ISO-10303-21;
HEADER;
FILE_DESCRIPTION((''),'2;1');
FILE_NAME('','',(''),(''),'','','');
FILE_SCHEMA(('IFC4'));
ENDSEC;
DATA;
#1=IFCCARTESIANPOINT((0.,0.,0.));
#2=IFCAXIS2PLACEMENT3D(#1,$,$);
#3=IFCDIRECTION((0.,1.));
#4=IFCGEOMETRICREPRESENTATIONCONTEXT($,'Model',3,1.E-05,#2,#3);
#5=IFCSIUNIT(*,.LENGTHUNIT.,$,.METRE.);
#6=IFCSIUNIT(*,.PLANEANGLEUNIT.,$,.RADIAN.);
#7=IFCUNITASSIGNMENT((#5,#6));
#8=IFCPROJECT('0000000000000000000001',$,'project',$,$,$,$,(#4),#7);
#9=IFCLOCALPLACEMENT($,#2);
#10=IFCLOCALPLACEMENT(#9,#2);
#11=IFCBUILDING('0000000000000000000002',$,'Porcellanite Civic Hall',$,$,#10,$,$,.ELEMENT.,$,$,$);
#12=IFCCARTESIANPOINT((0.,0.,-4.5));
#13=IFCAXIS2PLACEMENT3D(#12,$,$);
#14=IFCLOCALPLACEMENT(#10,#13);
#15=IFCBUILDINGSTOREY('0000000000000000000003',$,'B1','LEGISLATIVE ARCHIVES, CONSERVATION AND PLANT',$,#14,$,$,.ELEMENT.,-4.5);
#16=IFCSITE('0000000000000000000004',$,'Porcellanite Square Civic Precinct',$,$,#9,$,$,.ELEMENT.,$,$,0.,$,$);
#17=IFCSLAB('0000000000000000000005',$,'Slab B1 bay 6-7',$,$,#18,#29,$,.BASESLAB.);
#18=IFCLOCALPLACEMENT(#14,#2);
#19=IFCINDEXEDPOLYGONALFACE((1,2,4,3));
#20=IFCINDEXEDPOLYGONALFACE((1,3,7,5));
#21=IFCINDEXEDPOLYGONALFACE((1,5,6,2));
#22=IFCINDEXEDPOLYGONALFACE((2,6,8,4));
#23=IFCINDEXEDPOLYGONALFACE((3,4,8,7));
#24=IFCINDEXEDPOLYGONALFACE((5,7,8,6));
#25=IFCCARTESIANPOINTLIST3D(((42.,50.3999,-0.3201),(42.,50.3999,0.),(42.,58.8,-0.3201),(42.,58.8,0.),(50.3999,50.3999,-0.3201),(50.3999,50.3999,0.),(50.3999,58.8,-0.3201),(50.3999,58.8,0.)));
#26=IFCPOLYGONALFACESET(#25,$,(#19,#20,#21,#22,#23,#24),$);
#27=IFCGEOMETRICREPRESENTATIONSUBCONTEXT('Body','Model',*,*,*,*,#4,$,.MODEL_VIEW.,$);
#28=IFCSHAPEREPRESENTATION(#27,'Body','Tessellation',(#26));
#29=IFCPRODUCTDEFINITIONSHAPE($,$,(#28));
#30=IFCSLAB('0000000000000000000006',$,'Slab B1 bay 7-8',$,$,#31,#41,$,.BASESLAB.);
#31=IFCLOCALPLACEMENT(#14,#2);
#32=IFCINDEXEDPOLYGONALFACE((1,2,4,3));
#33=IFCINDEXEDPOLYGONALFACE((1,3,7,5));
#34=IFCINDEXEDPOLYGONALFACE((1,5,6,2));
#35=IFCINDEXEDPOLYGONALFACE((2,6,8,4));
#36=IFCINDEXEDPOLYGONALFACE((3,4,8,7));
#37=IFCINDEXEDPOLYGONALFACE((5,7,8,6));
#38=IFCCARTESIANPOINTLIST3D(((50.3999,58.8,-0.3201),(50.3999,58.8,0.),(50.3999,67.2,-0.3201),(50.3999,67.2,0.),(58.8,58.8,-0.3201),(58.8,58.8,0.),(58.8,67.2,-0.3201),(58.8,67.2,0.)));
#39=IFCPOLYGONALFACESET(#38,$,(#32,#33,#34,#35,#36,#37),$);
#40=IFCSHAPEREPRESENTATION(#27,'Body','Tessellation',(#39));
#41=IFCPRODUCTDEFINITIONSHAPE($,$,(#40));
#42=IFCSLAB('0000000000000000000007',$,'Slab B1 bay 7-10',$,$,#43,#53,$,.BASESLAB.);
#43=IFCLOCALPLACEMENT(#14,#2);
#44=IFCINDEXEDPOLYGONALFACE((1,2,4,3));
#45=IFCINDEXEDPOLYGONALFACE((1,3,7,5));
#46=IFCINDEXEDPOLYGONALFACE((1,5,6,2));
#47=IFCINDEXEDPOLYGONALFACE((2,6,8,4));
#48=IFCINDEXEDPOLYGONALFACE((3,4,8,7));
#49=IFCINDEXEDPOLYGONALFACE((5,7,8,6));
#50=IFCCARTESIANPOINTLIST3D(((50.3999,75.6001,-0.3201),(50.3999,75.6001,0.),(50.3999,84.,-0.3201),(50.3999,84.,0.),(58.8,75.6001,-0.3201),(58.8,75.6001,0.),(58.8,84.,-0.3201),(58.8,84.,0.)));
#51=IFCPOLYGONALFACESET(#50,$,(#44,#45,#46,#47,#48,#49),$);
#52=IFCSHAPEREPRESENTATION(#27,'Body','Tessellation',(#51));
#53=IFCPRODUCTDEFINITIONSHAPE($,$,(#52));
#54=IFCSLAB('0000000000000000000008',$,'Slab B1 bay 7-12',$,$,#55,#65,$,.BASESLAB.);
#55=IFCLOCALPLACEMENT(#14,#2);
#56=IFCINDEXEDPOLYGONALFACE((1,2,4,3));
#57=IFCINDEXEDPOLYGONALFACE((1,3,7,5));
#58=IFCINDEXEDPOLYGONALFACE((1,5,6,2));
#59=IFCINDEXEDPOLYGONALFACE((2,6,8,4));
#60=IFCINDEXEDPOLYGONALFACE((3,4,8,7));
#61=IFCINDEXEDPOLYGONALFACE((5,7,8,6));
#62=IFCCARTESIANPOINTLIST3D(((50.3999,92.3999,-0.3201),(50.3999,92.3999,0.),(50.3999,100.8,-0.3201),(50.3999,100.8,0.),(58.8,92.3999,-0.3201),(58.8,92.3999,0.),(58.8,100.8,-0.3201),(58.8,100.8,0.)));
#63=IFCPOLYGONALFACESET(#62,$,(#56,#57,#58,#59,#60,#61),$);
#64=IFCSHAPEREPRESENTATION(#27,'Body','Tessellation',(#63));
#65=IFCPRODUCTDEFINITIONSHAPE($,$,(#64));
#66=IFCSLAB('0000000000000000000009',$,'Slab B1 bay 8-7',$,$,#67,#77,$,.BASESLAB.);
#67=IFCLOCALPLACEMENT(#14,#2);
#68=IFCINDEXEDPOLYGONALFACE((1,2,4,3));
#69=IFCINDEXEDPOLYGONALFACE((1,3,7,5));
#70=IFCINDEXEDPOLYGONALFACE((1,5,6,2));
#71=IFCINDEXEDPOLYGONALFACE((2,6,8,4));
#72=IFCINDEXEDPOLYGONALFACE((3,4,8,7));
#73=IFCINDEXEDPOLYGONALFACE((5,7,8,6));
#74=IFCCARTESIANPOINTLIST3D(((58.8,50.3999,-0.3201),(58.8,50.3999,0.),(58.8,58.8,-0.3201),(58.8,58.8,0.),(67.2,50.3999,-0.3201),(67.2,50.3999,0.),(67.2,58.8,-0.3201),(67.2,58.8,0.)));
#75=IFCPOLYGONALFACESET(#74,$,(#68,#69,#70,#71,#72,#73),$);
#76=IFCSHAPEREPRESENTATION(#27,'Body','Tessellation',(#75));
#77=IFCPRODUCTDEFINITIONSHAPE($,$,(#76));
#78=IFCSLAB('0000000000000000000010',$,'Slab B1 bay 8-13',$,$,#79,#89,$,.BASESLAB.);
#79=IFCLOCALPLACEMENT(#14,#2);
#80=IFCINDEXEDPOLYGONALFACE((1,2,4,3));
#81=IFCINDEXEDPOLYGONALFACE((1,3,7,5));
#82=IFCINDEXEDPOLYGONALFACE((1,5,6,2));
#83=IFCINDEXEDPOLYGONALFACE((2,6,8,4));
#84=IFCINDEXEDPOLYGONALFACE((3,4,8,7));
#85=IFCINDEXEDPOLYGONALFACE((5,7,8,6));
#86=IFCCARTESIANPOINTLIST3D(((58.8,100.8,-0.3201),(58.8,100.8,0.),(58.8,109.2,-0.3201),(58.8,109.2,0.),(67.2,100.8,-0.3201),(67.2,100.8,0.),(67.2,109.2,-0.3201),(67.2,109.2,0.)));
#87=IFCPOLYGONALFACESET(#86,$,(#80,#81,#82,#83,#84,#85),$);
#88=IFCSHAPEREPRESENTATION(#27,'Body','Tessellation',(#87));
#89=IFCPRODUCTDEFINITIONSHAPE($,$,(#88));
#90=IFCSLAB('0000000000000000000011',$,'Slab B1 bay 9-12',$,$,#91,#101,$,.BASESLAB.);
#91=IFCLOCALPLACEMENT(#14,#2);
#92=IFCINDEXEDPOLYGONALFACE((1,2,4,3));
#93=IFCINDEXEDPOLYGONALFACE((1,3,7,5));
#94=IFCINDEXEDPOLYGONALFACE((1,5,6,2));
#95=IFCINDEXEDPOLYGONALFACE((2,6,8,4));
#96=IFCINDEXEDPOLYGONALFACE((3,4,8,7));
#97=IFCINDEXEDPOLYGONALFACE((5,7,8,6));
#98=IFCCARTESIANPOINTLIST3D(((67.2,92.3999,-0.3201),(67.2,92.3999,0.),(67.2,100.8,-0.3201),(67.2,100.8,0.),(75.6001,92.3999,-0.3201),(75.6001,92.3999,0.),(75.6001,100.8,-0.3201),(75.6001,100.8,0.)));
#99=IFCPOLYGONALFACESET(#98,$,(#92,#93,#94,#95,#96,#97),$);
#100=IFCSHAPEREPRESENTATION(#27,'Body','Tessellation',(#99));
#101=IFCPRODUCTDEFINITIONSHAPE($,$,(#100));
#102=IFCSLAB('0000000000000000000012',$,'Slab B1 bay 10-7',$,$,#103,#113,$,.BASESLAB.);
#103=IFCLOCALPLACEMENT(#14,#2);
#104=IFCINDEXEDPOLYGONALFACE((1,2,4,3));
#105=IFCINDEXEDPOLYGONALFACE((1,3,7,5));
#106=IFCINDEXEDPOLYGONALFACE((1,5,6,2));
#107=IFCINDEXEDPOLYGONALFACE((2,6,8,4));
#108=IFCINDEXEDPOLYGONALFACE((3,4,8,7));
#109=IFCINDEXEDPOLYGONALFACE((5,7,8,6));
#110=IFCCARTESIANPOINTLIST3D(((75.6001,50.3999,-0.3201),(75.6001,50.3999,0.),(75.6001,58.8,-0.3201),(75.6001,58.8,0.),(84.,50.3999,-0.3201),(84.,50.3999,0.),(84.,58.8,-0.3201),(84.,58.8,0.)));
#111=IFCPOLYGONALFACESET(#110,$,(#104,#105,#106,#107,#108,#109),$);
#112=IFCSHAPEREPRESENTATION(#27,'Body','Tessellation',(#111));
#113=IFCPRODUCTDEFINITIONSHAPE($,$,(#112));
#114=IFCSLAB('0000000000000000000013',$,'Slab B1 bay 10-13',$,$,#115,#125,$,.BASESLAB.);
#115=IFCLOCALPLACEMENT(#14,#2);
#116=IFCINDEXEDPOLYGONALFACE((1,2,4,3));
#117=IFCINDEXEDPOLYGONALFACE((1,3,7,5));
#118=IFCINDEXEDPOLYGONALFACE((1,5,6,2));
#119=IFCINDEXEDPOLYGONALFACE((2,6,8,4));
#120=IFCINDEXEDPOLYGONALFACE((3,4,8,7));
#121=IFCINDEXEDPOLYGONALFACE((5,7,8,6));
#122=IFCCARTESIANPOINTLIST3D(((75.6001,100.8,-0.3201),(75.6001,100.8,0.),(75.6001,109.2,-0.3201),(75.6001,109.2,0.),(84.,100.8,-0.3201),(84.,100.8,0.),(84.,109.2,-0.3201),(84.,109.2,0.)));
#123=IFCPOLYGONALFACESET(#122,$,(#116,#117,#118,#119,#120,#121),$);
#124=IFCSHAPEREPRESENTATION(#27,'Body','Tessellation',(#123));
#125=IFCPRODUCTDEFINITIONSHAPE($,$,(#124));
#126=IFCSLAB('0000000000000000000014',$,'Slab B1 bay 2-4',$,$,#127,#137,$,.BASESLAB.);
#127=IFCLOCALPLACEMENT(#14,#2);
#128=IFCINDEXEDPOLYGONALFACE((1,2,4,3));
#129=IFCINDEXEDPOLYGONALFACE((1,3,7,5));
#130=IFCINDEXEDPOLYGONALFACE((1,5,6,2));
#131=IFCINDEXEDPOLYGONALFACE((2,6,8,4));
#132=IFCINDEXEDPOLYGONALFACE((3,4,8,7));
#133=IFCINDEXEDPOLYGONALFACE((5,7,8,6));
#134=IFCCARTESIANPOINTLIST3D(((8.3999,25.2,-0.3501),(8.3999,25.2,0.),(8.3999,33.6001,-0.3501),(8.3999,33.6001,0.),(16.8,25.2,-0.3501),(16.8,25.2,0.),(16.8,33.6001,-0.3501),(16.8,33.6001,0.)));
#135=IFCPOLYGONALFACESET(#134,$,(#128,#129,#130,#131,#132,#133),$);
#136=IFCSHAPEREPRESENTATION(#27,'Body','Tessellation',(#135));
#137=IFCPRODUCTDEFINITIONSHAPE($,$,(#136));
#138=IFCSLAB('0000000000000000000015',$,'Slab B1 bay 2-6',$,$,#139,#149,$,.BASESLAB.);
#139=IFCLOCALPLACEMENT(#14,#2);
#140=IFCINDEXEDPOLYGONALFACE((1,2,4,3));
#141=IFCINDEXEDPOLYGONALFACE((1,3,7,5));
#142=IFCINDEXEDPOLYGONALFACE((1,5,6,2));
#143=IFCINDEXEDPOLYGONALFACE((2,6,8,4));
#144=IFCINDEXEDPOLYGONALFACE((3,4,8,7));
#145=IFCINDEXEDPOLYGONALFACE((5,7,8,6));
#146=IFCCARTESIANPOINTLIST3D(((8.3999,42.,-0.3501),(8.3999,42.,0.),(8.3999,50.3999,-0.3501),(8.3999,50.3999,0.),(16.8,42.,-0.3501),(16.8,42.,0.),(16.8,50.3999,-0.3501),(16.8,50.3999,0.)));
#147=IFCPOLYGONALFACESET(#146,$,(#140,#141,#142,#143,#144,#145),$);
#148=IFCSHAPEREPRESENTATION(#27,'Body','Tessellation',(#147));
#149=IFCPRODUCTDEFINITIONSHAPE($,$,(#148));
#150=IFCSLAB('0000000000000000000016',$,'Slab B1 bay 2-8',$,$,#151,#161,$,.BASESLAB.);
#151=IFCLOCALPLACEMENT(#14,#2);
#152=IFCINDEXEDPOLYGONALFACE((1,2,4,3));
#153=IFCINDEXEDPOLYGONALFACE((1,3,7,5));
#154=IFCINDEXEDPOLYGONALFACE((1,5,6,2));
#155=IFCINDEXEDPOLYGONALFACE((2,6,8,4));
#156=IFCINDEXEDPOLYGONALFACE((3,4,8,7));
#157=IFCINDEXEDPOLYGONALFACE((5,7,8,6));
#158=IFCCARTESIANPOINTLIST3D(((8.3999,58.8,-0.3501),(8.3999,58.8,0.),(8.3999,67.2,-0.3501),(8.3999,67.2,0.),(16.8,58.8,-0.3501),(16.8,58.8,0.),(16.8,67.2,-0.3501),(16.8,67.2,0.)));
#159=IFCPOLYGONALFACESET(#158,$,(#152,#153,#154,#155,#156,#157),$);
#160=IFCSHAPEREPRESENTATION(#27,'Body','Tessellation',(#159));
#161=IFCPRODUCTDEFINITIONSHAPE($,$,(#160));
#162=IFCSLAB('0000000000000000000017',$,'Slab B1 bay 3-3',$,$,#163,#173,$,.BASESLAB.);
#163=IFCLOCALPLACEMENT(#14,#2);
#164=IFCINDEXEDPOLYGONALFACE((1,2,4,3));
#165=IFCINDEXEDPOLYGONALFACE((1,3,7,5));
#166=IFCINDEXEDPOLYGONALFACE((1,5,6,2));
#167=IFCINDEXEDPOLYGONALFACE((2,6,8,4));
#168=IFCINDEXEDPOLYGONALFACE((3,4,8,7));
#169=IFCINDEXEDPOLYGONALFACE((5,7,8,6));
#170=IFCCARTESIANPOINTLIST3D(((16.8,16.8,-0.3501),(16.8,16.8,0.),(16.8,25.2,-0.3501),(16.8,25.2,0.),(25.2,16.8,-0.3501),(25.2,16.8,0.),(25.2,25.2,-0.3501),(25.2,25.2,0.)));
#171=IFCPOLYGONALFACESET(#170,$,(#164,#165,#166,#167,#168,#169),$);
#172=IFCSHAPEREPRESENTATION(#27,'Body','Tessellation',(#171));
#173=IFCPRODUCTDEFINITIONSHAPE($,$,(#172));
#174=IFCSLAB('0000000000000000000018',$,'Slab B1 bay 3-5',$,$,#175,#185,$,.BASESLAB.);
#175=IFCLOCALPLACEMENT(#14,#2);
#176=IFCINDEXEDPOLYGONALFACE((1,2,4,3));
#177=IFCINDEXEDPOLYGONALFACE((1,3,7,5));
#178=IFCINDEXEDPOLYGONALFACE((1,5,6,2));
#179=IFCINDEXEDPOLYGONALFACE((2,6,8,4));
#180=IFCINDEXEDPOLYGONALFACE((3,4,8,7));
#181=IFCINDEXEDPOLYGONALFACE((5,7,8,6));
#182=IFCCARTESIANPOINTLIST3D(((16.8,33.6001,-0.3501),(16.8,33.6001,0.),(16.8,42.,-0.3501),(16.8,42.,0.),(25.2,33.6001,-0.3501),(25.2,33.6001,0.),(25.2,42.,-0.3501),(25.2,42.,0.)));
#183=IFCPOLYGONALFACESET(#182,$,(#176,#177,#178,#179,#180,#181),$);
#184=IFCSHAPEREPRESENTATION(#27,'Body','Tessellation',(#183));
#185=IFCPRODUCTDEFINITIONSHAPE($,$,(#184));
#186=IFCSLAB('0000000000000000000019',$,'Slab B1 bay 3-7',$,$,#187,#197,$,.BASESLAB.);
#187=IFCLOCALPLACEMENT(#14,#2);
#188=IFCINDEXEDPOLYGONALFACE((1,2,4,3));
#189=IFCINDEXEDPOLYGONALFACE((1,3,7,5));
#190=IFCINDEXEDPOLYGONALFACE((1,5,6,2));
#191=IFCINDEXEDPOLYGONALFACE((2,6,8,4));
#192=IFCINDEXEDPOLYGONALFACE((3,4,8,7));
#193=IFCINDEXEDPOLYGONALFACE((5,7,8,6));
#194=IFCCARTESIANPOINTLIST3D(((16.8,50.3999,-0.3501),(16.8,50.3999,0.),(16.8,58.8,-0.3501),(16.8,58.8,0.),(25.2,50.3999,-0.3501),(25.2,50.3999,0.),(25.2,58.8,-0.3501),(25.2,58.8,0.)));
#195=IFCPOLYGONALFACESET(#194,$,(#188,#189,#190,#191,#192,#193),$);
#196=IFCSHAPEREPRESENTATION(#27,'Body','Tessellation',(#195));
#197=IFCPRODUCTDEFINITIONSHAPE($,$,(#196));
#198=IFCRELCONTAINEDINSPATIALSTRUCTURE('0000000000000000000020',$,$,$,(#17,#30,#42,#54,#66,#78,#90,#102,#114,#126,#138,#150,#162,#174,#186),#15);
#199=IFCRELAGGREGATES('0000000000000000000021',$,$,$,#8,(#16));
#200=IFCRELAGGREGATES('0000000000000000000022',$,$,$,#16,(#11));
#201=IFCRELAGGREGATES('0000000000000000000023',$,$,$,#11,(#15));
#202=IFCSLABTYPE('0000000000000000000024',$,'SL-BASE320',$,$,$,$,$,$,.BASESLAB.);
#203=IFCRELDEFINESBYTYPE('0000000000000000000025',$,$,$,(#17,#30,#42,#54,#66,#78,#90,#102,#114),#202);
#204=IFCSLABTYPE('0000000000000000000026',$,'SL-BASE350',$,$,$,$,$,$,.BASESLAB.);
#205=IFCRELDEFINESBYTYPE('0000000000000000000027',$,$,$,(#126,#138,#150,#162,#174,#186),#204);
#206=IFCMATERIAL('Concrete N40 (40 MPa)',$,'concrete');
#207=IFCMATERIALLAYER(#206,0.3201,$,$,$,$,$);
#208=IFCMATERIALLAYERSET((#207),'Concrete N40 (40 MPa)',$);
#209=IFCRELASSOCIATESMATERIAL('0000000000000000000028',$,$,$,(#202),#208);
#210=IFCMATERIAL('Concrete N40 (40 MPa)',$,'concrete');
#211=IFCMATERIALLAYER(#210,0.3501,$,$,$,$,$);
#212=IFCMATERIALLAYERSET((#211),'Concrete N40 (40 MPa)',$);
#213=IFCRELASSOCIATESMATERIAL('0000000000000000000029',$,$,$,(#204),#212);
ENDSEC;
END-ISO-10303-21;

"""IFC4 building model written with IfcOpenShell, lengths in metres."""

from ifc_helpers import new_model, si_unit, direction, frame, origin, place, context, subcontext, project, spatial, polyline, outline, extrude, material, layer, layer_set, type_object, element, save


model = new_model("IFC4")

# Units and contexts
model_context = context("Model", 3, precision=1e-05, world=origin(), true_north=direction((0.0, 1.0)))
body_context = subcontext(model_context, "Body", "Model", "MODEL_VIEW")
ifc_project = project(units=[si_unit("LENGTHUNIT", "METRE"), si_unit("PLANEANGLEUNIT", "RADIAN")], contexts=[model_context])

# Site, building, storey
site_placement = place(None, origin())
site = spatial("IfcSite", under=ifc_project, at=site_placement, Name="Porcellanite Square Civic Precinct", CompositionType="ELEMENT", RefElevation=0.0)
building_placement = place(site_placement, origin())
building = spatial("IfcBuilding", under=site, at=building_placement, Name="Porcellanite Civic Hall", CompositionType="ELEMENT")
storey_placement = place(building_placement, frame((0.0, 0.0, -4.5)))
storey = spatial("IfcBuildingStorey", under=building, at=storey_placement, Name="B1", Description="LEGISLATIVE ARCHIVES, CONSERVATION AND PLANT", CompositionType="ELEMENT", Elevation=-4.5)

# Slabs
ifc_material_1 = material(Name="Concrete N40 (40 MPa)", Category="concrete")
ifc_layer_1 = layer(ifc_material_1, 0.3201)
ifc_layer_set_1 = layer_set([ifc_layer_1], Name="Concrete N40 (40 MPa)")
slab_type_1 = type_object("IfcSlabType", Name="SL-BASE320", PredefinedType="BASESLAB", material=ifc_layer_set_1)
slab_1_placement = place(storey_placement, frame((0.0, 0.0, -0.3201)))
element("IfcSlab", 1, at=slab_1_placement, inside=storey, type_object=slab_type_1, Name="Slab B1 bay 6-7", PredefinedType="BASESLAB", context=body_context, shape_type="SweptSolid", body=[
    extrude(outline(polyline([(42.0, 50.3999), (50.3999, 50.3999), (50.3999, 58.8), (42.0, 58.8), (42.0, 50.3999)])), origin(), (0.0, 0.0, 1.0), 0.3201),
])
slab_2_placement = place(storey_placement, frame((0.0, 0.0, -0.3201)))
element("IfcSlab", 2, at=slab_2_placement, inside=storey, type_object=slab_type_1, Name="Slab B1 bay 7-8", PredefinedType="BASESLAB", context=body_context, shape_type="SweptSolid", body=[
    extrude(outline(polyline([(50.3999, 58.8), (58.8, 58.8), (58.8, 67.2), (50.3999, 67.2), (50.3999, 58.8)])), origin(), (0.0, 0.0, 1.0), 0.3201),
])
slab_3_placement = place(storey_placement, frame((0.0, 0.0, -0.3201)))
element("IfcSlab", 3, at=slab_3_placement, inside=storey, type_object=slab_type_1, Name="Slab B1 bay 7-10", PredefinedType="BASESLAB", context=body_context, shape_type="SweptSolid", body=[
    extrude(outline(polyline([(50.3999, 75.6001), (58.8, 75.6001), (58.8, 84.0), (50.3999, 84.0), (50.3999, 75.6001)])), origin(), (0.0, 0.0, 1.0), 0.3201),
])
slab_4_placement = place(storey_placement, frame((0.0, 0.0, -0.3201)))
element("IfcSlab", 4, at=slab_4_placement, inside=storey, type_object=slab_type_1, Name="Slab B1 bay 7-12", PredefinedType="BASESLAB", context=body_context, shape_type="SweptSolid", body=[
    extrude(outline(polyline([(50.3999, 92.3999), (58.8, 92.3999), (58.8, 100.8), (50.3999, 100.8), (50.3999, 92.3999)])), origin(), (0.0, 0.0, 1.0), 0.3201),
])
slab_5_placement = place(storey_placement, frame((0.0, 0.0, -0.3201)))
element("IfcSlab", 5, at=slab_5_placement, inside=storey, type_object=slab_type_1, Name="Slab B1 bay 8-7", PredefinedType="BASESLAB", context=body_context, shape_type="SweptSolid", body=[
    extrude(outline(polyline([(58.8, 50.3999), (67.2, 50.3999), (67.2, 58.8), (58.8, 58.8), (58.8, 50.3999)])), origin(), (0.0, 0.0, 1.0), 0.3201),
])
slab_6_placement = place(storey_placement, frame((0.0, 0.0, -0.3201)))
element("IfcSlab", 6, at=slab_6_placement, inside=storey, type_object=slab_type_1, Name="Slab B1 bay 8-13", PredefinedType="BASESLAB", context=body_context, shape_type="SweptSolid", body=[
    extrude(outline(polyline([(58.8, 100.8), (67.2, 100.8), (67.2, 109.2), (58.8, 109.2), (58.8, 100.8)])), origin(), (0.0, 0.0, 1.0), 0.3201),
])
slab_7_placement = place(storey_placement, frame((0.0, 0.0, -0.3201)))
element("IfcSlab", 7, at=slab_7_placement, inside=storey, type_object=slab_type_1, Name="Slab B1 bay 9-12", PredefinedType="BASESLAB", context=body_context, shape_type="SweptSolid", body=[
    extrude(outline(polyline([(67.2, 92.3999), (75.6001, 92.3999), (75.6001, 100.8), (67.2, 100.8), (67.2, 92.3999)])), origin(), (0.0, 0.0, 1.0), 0.3201),
])
slab_8_placement = place(storey_placement, frame((0.0, 0.0, -0.3201)))
element("IfcSlab", 8, at=slab_8_placement, inside=storey, type_object=slab_type_1, Name="Slab B1 bay 10-7", PredefinedType="BASESLAB", context=body_context, shape_type="SweptSolid", body=[
    extrude(outline(polyline([(75.6001, 50.3999), (84.0, 50.3999), (84.0, 58.8), (75.6001, 58.8), (75.6001, 50.3999)])), origin(), (0.0, 0.0, 1.0), 0.3201),
])
slab_9_placement = place(storey_placement, frame((0.0, 0.0, -0.3201)))
element("IfcSlab", 9, at=slab_9_placement, inside=storey, type_object=slab_type_1, Name="Slab B1 bay 10-13", PredefinedType="BASESLAB", context=body_context, shape_type="SweptSolid", body=[
    extrude(outline(polyline([(75.6001, 100.8), (84.0, 100.8), (84.0, 109.2), (75.6001, 109.2), (75.6001, 100.8)])), origin(), (0.0, 0.0, 1.0), 0.3201),
])
ifc_material_2 = material(Name="Concrete N40 (40 MPa)", Category="concrete")
ifc_layer_2 = layer(ifc_material_2, 0.3501)
ifc_layer_set_2 = layer_set([ifc_layer_2], Name="Concrete N40 (40 MPa)")
slab_type_2 = type_object("IfcSlabType", Name="SL-BASE350", PredefinedType="BASESLAB", material=ifc_layer_set_2)
slab_10_placement = place(storey_placement, frame((0.0, 0.0, -0.3501)))
element("IfcSlab", 10, at=slab_10_placement, inside=storey, type_object=slab_type_2, Name="Slab B1 bay 2-4", PredefinedType="BASESLAB", context=body_context, shape_type="SweptSolid", body=[
    extrude(outline(polyline([(8.3999, 25.2), (16.8, 25.2), (16.8, 33.6001), (8.3999, 33.6001), (8.3999, 25.2)])), origin(), (0.0, 0.0, 1.0), 0.3501),
])
slab_11_placement = place(storey_placement, frame((0.0, 0.0, -0.3501)))
element("IfcSlab", 11, at=slab_11_placement, inside=storey, type_object=slab_type_2, Name="Slab B1 bay 2-6", PredefinedType="BASESLAB", context=body_context, shape_type="SweptSolid", body=[
    extrude(outline(polyline([(8.3999, 42.0), (16.8, 42.0), (16.8, 50.3999), (8.3999, 50.3999), (8.3999, 42.0)])), origin(), (0.0, 0.0, 1.0), 0.3501),
])
slab_12_placement = place(storey_placement, frame((0.0, 0.0, -0.3501)))
element("IfcSlab", 12, at=slab_12_placement, inside=storey, type_object=slab_type_2, Name="Slab B1 bay 2-8", PredefinedType="BASESLAB", context=body_context, shape_type="SweptSolid", body=[
    extrude(outline(polyline([(8.3999, 58.8), (16.8, 58.8), (16.8, 67.2), (8.3999, 67.2), (8.3999, 58.8)])), origin(), (0.0, 0.0, 1.0), 0.3501),
])
slab_13_placement = place(storey_placement, frame((0.0, 0.0, -0.3501)))
element("IfcSlab", 13, at=slab_13_placement, inside=storey, type_object=slab_type_2, Name="Slab B1 bay 3-3", PredefinedType="BASESLAB", context=body_context, shape_type="SweptSolid", body=[
    extrude(outline(polyline([(16.8, 16.8), (25.2, 16.8), (25.2, 25.2), (16.8, 25.2), (16.8, 16.8)])), origin(), (0.0, 0.0, 1.0), 0.3501),
])
slab_14_placement = place(storey_placement, frame((0.0, 0.0, -0.3501)))
element("IfcSlab", 14, at=slab_14_placement, inside=storey, type_object=slab_type_2, Name="Slab B1 bay 3-5", PredefinedType="BASESLAB", context=body_context, shape_type="SweptSolid", body=[
    extrude(outline(polyline([(16.8, 33.6001), (25.2, 33.6001), (25.2, 42.0), (16.8, 42.0), (16.8, 33.6001)])), origin(), (0.0, 0.0, 1.0), 0.3501),
])
slab_15_placement = place(storey_placement, frame((0.0, 0.0, -0.3501)))
element("IfcSlab", 15, at=slab_15_placement, inside=storey, type_object=slab_type_2, Name="Slab B1 bay 3-7", PredefinedType="BASESLAB", context=body_context, shape_type="SweptSolid", body=[
    extrude(outline(polyline([(16.8, 50.3999), (25.2, 50.3999), (25.2, 58.8), (16.8, 58.8), (16.8, 50.3999)])), origin(), (0.0, 0.0, 1.0), 0.3501),
])

save(model, "model.ifc")
